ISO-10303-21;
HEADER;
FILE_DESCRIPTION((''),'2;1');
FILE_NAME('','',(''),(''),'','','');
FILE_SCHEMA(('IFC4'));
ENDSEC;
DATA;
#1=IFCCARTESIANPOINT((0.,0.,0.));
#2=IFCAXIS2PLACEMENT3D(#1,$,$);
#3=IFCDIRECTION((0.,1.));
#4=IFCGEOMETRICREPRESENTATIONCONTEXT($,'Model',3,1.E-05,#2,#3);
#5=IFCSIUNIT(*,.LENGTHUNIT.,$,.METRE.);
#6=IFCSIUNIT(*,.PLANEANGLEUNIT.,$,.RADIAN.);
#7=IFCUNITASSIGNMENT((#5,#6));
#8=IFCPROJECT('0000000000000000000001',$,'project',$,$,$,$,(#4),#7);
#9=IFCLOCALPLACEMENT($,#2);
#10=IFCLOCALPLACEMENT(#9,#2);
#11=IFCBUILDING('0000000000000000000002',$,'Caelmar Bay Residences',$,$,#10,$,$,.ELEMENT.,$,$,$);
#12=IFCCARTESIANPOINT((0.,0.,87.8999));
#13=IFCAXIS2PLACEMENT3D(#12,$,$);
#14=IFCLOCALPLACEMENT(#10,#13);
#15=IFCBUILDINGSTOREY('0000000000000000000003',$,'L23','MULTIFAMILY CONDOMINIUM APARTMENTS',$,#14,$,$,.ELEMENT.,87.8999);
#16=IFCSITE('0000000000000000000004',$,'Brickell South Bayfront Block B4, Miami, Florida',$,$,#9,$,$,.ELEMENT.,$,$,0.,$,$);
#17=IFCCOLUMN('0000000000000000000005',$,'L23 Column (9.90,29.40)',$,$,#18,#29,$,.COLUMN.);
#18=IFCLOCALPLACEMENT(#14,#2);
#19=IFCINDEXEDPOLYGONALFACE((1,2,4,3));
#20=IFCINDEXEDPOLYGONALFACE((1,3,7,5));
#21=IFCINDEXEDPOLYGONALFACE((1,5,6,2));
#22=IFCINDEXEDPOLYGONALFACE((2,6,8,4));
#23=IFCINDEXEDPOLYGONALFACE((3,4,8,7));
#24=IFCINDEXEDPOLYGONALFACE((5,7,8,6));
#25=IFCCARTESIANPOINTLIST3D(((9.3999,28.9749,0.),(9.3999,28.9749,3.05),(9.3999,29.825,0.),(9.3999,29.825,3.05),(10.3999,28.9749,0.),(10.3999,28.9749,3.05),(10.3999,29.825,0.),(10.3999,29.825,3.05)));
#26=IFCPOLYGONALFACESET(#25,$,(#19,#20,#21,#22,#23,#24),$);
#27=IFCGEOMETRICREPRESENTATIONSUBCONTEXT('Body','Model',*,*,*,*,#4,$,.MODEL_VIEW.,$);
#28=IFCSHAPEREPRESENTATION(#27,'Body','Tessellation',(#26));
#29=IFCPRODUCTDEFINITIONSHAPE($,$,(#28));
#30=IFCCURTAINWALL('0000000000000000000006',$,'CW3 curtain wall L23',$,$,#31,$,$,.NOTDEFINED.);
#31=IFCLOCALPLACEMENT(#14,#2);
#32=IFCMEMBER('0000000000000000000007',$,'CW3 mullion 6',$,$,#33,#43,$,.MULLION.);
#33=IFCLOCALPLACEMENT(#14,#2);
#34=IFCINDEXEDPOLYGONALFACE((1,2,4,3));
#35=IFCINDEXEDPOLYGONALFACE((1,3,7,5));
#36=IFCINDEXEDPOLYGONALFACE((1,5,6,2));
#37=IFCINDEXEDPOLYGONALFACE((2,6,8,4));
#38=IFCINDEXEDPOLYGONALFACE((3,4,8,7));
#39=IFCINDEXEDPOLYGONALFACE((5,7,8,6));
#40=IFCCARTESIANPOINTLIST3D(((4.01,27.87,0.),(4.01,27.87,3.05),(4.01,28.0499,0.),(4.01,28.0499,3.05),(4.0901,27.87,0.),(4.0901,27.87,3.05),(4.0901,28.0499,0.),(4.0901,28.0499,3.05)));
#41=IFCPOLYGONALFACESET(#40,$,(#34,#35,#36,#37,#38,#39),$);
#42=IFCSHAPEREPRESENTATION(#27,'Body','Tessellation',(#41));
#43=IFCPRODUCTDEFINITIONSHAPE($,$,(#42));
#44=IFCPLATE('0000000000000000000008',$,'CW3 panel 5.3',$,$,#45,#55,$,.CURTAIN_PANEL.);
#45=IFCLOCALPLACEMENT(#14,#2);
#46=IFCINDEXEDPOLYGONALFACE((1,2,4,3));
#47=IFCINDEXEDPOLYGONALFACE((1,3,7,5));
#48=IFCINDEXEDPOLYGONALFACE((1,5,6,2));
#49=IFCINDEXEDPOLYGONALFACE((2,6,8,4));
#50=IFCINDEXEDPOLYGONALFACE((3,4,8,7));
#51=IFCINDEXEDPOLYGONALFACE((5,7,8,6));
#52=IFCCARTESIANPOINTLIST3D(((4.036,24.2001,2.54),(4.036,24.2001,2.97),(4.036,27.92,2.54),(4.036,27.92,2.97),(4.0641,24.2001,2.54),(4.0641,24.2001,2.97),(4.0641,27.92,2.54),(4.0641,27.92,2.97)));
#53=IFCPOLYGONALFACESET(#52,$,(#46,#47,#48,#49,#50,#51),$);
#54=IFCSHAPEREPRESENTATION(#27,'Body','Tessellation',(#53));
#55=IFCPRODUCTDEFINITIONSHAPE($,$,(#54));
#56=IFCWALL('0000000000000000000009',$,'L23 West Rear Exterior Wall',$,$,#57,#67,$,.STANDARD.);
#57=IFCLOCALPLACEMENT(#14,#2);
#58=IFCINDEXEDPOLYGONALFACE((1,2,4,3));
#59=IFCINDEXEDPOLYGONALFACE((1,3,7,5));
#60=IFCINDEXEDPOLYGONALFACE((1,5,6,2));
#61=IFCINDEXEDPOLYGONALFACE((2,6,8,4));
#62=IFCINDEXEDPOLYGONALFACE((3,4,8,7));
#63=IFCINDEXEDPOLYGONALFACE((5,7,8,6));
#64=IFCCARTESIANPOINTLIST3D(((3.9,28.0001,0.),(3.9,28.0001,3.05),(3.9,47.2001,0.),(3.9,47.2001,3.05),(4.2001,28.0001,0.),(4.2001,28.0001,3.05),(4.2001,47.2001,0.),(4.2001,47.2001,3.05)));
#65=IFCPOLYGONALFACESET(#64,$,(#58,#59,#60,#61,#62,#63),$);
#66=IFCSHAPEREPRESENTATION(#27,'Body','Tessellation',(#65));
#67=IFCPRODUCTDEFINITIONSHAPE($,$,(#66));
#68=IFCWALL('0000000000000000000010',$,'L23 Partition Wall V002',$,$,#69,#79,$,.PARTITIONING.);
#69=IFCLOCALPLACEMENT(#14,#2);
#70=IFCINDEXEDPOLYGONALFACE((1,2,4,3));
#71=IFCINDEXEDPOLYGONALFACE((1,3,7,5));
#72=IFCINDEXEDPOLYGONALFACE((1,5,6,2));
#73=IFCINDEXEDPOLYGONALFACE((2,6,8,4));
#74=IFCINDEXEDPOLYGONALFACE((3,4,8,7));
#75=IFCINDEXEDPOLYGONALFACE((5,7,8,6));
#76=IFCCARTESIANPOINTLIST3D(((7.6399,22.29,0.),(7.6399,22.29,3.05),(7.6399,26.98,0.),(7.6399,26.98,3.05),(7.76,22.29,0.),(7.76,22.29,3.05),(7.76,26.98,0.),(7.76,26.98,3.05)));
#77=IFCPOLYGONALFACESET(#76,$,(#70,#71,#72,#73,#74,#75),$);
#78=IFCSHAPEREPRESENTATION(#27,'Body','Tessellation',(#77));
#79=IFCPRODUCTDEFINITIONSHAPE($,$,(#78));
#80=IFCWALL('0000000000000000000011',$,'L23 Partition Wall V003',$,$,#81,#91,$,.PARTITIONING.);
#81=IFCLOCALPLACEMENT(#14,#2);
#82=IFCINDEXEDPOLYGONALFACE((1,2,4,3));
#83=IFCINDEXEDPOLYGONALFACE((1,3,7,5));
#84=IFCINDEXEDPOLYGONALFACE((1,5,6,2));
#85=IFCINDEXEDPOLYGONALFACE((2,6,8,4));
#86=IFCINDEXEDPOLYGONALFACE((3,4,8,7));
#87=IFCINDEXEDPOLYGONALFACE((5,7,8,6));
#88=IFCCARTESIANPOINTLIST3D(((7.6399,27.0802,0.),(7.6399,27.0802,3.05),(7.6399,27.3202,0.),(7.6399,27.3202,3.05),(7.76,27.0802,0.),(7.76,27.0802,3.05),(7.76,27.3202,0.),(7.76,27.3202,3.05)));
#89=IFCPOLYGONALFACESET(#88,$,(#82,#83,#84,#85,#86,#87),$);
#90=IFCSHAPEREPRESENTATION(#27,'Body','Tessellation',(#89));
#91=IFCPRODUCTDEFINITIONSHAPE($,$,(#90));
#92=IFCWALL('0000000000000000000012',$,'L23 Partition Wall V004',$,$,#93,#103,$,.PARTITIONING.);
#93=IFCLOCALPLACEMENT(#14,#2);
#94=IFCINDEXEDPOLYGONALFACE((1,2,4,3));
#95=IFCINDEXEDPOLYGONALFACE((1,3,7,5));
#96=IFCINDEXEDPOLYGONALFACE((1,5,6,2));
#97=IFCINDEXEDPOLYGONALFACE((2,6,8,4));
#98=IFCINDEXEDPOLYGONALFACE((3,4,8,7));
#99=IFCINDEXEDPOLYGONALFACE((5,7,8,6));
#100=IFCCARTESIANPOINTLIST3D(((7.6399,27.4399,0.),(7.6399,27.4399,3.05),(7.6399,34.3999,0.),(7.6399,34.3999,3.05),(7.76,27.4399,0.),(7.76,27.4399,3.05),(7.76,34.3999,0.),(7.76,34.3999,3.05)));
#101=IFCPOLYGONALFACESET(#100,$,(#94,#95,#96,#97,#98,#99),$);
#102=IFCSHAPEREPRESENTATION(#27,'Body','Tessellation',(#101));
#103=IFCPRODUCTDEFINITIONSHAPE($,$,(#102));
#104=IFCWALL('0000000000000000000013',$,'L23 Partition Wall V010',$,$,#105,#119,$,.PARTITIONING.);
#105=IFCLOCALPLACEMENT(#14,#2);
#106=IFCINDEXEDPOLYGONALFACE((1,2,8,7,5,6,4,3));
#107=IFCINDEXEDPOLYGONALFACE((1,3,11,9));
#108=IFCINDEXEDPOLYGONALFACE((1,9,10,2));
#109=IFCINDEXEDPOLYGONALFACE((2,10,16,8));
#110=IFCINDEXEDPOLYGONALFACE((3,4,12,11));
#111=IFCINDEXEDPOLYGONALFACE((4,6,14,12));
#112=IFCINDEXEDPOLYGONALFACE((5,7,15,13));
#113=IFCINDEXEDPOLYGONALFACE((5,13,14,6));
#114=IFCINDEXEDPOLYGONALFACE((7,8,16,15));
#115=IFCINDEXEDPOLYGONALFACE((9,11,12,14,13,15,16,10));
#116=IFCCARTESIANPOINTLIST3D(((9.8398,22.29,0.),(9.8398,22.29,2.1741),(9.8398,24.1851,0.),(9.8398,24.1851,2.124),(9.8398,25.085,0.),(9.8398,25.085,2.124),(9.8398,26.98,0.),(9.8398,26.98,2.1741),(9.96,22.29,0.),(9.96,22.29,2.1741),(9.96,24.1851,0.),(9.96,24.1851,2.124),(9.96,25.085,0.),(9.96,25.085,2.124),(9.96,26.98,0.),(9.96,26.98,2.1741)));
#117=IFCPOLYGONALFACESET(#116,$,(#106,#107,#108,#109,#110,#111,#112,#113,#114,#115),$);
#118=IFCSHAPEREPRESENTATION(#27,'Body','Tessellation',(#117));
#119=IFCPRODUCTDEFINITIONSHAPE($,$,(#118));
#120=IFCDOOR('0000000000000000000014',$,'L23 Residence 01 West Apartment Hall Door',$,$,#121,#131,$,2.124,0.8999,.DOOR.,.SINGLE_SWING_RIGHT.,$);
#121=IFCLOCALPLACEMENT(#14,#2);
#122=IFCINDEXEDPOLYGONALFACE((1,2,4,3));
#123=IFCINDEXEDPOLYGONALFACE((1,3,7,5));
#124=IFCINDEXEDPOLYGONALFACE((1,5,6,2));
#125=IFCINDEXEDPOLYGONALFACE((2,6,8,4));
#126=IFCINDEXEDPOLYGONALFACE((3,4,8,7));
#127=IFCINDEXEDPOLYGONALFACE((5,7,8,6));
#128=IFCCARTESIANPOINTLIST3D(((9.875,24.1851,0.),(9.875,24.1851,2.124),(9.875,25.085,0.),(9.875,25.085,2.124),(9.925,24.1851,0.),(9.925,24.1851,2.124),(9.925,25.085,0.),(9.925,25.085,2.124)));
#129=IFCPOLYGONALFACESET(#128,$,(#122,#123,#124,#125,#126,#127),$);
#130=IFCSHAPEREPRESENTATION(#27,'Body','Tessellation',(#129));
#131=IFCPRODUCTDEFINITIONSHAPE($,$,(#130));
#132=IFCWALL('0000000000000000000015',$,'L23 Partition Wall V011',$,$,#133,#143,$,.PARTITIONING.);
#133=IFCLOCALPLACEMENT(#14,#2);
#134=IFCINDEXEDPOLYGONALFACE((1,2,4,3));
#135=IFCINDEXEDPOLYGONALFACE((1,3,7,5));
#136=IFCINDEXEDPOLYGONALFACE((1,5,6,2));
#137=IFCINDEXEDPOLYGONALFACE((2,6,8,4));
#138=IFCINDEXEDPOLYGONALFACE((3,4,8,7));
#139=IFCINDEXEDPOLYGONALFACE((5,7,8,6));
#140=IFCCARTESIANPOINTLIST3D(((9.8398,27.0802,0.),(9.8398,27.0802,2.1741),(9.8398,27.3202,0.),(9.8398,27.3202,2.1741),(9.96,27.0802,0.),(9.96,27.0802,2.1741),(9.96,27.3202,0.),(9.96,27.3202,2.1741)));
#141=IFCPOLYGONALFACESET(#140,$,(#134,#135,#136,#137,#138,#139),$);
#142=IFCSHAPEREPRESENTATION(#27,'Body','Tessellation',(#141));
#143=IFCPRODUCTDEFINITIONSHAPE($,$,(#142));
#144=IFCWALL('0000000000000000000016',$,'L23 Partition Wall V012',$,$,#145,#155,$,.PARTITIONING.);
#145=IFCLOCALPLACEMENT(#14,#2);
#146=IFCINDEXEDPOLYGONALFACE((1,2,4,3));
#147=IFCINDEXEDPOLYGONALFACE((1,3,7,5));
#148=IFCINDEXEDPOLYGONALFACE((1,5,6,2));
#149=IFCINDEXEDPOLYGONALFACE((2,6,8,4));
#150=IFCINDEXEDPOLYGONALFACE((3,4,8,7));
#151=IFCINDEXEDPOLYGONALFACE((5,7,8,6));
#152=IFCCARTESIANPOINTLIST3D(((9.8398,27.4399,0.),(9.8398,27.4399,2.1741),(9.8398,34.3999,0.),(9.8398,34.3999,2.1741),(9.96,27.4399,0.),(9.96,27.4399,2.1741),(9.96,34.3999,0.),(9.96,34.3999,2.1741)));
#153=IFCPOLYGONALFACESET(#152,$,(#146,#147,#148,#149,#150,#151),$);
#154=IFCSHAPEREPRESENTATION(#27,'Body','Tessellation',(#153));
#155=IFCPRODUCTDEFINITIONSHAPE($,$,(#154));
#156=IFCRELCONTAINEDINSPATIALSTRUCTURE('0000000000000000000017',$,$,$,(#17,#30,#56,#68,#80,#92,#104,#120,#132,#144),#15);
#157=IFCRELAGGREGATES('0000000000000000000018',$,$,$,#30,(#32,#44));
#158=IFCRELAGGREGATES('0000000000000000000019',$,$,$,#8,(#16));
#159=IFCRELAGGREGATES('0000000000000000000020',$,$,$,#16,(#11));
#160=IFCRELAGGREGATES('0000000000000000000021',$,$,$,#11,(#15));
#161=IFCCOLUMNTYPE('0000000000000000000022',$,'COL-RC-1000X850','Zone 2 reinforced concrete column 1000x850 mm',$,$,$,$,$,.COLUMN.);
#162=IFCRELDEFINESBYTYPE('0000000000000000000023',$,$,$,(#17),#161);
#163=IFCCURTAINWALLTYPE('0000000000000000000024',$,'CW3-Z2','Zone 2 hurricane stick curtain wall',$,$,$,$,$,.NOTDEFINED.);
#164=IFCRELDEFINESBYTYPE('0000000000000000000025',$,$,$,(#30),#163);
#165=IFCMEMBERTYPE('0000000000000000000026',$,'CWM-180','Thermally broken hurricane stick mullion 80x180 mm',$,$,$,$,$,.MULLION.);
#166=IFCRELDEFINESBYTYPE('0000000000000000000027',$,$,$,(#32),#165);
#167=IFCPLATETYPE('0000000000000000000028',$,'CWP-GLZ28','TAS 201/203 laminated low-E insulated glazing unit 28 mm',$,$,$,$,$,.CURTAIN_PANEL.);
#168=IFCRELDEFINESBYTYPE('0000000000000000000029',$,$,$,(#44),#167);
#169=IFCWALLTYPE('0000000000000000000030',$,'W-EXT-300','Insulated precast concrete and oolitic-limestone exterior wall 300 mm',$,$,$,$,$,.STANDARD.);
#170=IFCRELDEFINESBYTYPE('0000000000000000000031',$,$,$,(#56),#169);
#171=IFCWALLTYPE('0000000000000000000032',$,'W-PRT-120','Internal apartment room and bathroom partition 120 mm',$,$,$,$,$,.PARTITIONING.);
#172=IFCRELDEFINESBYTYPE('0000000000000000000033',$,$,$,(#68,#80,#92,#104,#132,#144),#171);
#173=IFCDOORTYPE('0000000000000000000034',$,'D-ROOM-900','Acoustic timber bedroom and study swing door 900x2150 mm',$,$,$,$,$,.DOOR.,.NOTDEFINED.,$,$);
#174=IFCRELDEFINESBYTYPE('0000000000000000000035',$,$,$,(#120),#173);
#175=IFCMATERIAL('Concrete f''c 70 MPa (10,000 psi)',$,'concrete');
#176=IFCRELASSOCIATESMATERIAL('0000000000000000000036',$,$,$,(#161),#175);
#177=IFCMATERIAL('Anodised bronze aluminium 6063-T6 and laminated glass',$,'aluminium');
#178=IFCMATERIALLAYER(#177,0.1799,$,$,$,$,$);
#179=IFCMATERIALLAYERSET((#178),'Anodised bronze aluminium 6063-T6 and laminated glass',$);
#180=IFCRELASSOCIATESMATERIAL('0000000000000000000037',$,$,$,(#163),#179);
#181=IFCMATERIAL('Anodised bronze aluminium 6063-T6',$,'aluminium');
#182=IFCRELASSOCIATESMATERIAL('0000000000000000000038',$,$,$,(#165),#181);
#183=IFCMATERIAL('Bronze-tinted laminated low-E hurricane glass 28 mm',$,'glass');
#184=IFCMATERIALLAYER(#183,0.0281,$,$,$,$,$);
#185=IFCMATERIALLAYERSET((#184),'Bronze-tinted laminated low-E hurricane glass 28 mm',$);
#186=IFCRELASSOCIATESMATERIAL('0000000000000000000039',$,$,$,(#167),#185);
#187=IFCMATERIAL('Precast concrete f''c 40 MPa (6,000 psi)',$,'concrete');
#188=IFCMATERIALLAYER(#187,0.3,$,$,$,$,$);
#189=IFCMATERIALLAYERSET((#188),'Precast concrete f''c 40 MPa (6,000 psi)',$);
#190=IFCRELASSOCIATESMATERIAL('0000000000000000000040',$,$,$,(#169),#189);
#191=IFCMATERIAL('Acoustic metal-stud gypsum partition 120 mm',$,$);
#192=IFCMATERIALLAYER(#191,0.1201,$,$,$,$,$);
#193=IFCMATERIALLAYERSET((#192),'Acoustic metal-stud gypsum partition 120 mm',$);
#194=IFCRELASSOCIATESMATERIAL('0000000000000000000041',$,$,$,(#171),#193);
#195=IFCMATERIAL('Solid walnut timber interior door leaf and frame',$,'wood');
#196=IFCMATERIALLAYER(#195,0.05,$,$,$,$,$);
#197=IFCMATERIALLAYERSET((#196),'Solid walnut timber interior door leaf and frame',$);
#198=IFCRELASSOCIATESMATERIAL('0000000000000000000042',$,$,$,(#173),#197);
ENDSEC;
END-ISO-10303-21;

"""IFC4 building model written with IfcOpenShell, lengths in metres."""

from ifc_helpers import new_model, si_unit, direction, frame, frame_2d, origin, origin_2d, place, context, subcontext, project, spatial, rectangle, extrude, material, layer, layer_set, material_profile, profile_set, type_object, element, fill, aggregate, save


model = new_model("IFC4")

# Units and contexts
model_context = context("Model", 3, precision=1e-05, world=origin(), true_north=direction((0.0, 1.0)))
body_context = subcontext(model_context, "Body", "Model", "MODEL_VIEW")
ifc_project = project(units=[si_unit("LENGTHUNIT", "METRE"), si_unit("PLANEANGLEUNIT", "RADIAN")], contexts=[model_context])

# Site, building, storey
site_placement = place(None, origin())
site = spatial("IfcSite", under=ifc_project, at=site_placement, Name="Brickell South Bayfront Block B4, Miami, Florida", CompositionType="ELEMENT", RefElevation=0.0)
building_placement = place(site_placement, origin())
building = spatial("IfcBuilding", under=site, at=building_placement, Name="Caelmar Bay Residences", CompositionType="ELEMENT")
storey_placement = place(building_placement, frame((0.0, 0.0, 87.8999)))
storey = spatial("IfcBuildingStorey", under=building, at=storey_placement, Name="L23", Description="MULTIFAMILY CONDOMINIUM APARTMENTS", CompositionType="ELEMENT", Elevation=87.8999)

# Column
ifc_material_1 = material(Name="Concrete f'c 70 MPa (10,000 psi)", Category="concrete")
ifc_material_profile_1 = material_profile(ifc_material_1, rectangle(XDim=1.0, YDim=0.8501, at=origin_2d()), Name="RC-COL-1000X850")
ifc_profile_set_1 = profile_set([ifc_material_profile_1], Name="Concrete f'c 70 MPa (10,000 psi)")
column_type = type_object("IfcColumnType", Name="COL-RC-1000X850", Description="Zone 2 reinforced concrete column 1000x850 mm", PredefinedType="COLUMN", material=ifc_profile_set_1)
column_placement = place(storey_placement, frame((9.8999, 29.3999, 0.0), z_axis=(0.0, 0.0, 1.0), x_axis=(1.0, 0.0, 0.0)))
element("IfcColumn", 1, at=column_placement, inside=storey, type_object=column_type, Name="L23 Column (9.90,29.40)", PredefinedType="COLUMN", context=body_context, shape_type="SweptSolid", body=[
    extrude(rectangle(XDim=1.0, YDim=0.8501, at=origin_2d()), origin(), (0.0, 0.0, 1.0), 3.05),
])

# Curtain wall, member, plate
ifc_material_2 = material(Name="Anodised bronze aluminium 6063-T6 and laminated glass", Category="aluminium")
ifc_layer_1 = layer(ifc_material_2, 0.1799)
ifc_layer_set_1 = layer_set([ifc_layer_1], Name="Anodised bronze aluminium 6063-T6 and laminated glass")
curtain_wall_type = type_object("IfcCurtainWallType", Name="CW3-Z2", Description="Zone 2 hurricane stick curtain wall", PredefinedType="NOTDEFINED", material=ifc_layer_set_1)
curtain_wall_placement = place(storey_placement, origin())
curtain_wall = element("IfcCurtainWall", 2, at=curtain_wall_placement, inside=storey, type_object=curtain_wall_type, Name="CW3 curtain wall L23", PredefinedType="NOTDEFINED")
ifc_material_3 = material(Name="Anodised bronze aluminium 6063-T6", Category="aluminium")
ifc_material_profile_2 = material_profile(ifc_material_3, rectangle(XDim=0.0801, YDim=0.1799, at=origin_2d()), Name="CWM-80X180")
ifc_profile_set_2 = profile_set([ifc_material_profile_2], Name="Anodised bronze aluminium 6063-T6")
member_type = type_object("IfcMemberType", Name="CWM-180", Description="Thermally broken hurricane stick mullion 80x180 mm", PredefinedType="MULLION", material=ifc_profile_set_2)
member_placement = place(storey_placement, frame((4.05, 27.96, 0.0), z_axis=(0.0, 0.0, 1.0), x_axis=(-1.0, 0.0, 0.0)))
member = element("IfcMember", 3, at=member_placement, type_object=member_type, Name="CW3 mullion 6", PredefinedType="MULLION", context=body_context, shape_type="SweptSolid", body=[
    extrude(rectangle(XDim=0.0801, YDim=0.1799, at=origin_2d()), origin(), (0.0, 0.0, 1.0), 3.05),
])
ifc_material_4 = material(Name="Bronze-tinted laminated low-E hurricane glass 28 mm", Category="glass")
ifc_layer_2 = layer(ifc_material_4, 0.0281)
ifc_layer_set_2 = layer_set([ifc_layer_2], Name="Bronze-tinted laminated low-E hurricane glass 28 mm")
plate_type = type_object("IfcPlateType", Name="CWP-GLZ28", Description="TAS 201/203 laminated low-E insulated glazing unit 28 mm", PredefinedType="CURTAIN_PANEL", material=ifc_layer_set_2)
plate_placement = place(storey_placement, frame((4.05, 26.0601, 2.54), z_axis=(0.0, 0.0, 1.0), x_axis=(0.0, 1.0, 0.0)))
plate = element("IfcPlate", 4, at=plate_placement, type_object=plate_type, Name="CW3 panel 5.3", PredefinedType="CURTAIN_PANEL", context=body_context, shape_type="SweptSolid", body=[
    extrude(rectangle(XDim=3.72, YDim=0.0281, at=origin_2d()), origin(), (0.0, 0.0, 1.0), 0.4299),
])
aggregate(curtain_wall, [member, plate])

# Walls
ifc_material_5 = material(Name="Precast concrete f'c 40 MPa (6,000 psi)", Category="concrete")
ifc_layer_3 = layer(ifc_material_5, 0.3)
ifc_layer_set_3 = layer_set([ifc_layer_3], Name="Precast concrete f'c 40 MPa (6,000 psi)")
wall_type_1 = type_object("IfcWallType", Name="W-EXT-300", Description="Insulated precast concrete and oolitic-limestone exterior wall 300 mm", PredefinedType="STANDARD", material=ifc_layer_set_3)
wall_1_placement = place(storey_placement, frame((4.05, 28.0, 0.0), z_axis=(0.0, 0.0, 1.0), x_axis=(0.0, 1.0, 0.0)))
element("IfcWall", 5, at=wall_1_placement, inside=storey, type_object=wall_type_1, Name="L23 West Rear Exterior Wall", PredefinedType="STANDARD", context=body_context, shape_type="SweptSolid", body=[
    extrude(rectangle(XDim=19.2, YDim=0.3, at=frame_2d((9.6001, 0.0))), origin(), (0.0, 0.0, 1.0), 3.05),
])
ifc_material_6 = material(Name="Acoustic metal-stud gypsum partition 120 mm")
ifc_layer_4 = layer(ifc_material_6, 0.1201)
ifc_layer_set_4 = layer_set([ifc_layer_4], Name="Acoustic metal-stud gypsum partition 120 mm")
wall_type_2 = type_object("IfcWallType", Name="W-PRT-120", Description="Internal apartment room and bathroom partition 120 mm", PredefinedType="PARTITIONING", material=ifc_layer_set_4)
wall_2_placement = place(storey_placement, frame((7.7, 22.29, 0.0), z_axis=(0.0, 0.0, 1.0), x_axis=(0.0, 1.0, 0.0)))
element("IfcWall", 6, at=wall_2_placement, inside=storey, type_object=wall_type_2, Name="L23 Partition Wall V002", PredefinedType="PARTITIONING", context=body_context, shape_type="SweptSolid", body=[
    extrude(rectangle(XDim=4.6899, YDim=0.1201, at=frame_2d((2.345, 0.0))), origin(), (0.0, 0.0, 1.0), 3.05),
])
wall_3_placement = place(storey_placement, frame((7.7, 27.0801, 0.0), z_axis=(0.0, 0.0, 1.0), x_axis=(0.0, 1.0, 0.0)))
element("IfcWall", 7, at=wall_3_placement, inside=storey, type_object=wall_type_2, Name="L23 Partition Wall V003", PredefinedType="PARTITIONING", context=body_context, shape_type="SweptSolid", body=[
    extrude(rectangle(XDim=0.24, YDim=0.1201, at=frame_2d((0.1201, 0.0))), origin(), (0.0, 0.0, 1.0), 3.05),
])
wall_4_placement = place(storey_placement, frame((7.7, 27.4399, 0.0), z_axis=(0.0, 0.0, 1.0), x_axis=(0.0, 1.0, 0.0)))
element("IfcWall", 8, at=wall_4_placement, inside=storey, type_object=wall_type_2, Name="L23 Partition Wall V004", PredefinedType="PARTITIONING", context=body_context, shape_type="SweptSolid", body=[
    extrude(rectangle(XDim=6.96, YDim=0.1201, at=frame_2d((3.48, 0.0))), origin(), (0.0, 0.0, 1.0), 3.05),
])

# Wall, opening, door
wall_5_placement = place(storey_placement, frame((9.8999, 22.29, 0.0), z_axis=(0.0, 0.0, 1.0), x_axis=(0.0, 1.0, 0.0)))
wall_5 = element("IfcWall", 9, at=wall_5_placement, inside=storey, type_object=wall_type_2, Name="L23 Partition Wall V010", PredefinedType="PARTITIONING", context=body_context, shape_type="SweptSolid", body=[
    extrude(rectangle(XDim=4.6899, YDim=0.1201, at=frame_2d((2.345, 0.0))), origin(), (0.0, 0.0, 1.0), 2.1741),
])
opening_1_placement = place(wall_5_placement, frame((1.895, 0.0, 0.0)))
opening_1 = element("IfcOpeningElement", 10, at=opening_1_placement, cuts=wall_5, PredefinedType="OPENING", context=body_context, shape_type="SweptSolid", body=[
    extrude(rectangle(XDim=0.8999, YDim=2.124, at=frame_2d((0.45, 1.062))), frame((0.0, 0.0701, 0.0), z_axis=(0.0, -1.0, 0.0), x_axis=(1.0, 0.0, 0.0)), (0.0, 0.0, 1.0), 0.1401),
])
ifc_material_7 = material(Name="Solid walnut timber interior door leaf and frame", Category="wood")
ifc_layer_5 = layer(ifc_material_7, 0.05)
ifc_layer_set_5 = layer_set([ifc_layer_5], Name="Solid walnut timber interior door leaf and frame")
door_type_1 = type_object("IfcDoorType", Name="D-ROOM-900", Description="Acoustic timber bedroom and study swing door 900x2150 mm", OperationType="NOTDEFINED", PredefinedType="DOOR", material=ifc_layer_set_5)
door_1_placement = place(opening_1_placement, origin())
door_1 = element("IfcDoor", 11, at=door_1_placement, inside=storey, type_object=door_type_1, Name="L23 Residence 01 West Apartment Hall Door", OperationType="SINGLE_SWING_RIGHT", OverallHeight=2.124, OverallWidth=0.8999, PredefinedType="DOOR", context=body_context, shape_type="SweptSolid", body=[
    extrude(rectangle(XDim=0.8999, YDim=2.124, at=frame_2d((0.45, 1.062))), frame((0.0, 0.0249, 0.0), z_axis=(0.0, -1.0, 0.0), x_axis=(1.0, 0.0, 0.0)), (0.0, 0.0, 1.0), 0.05),
])
fill(opening_1, door_1)

# Walls
wall_6_placement = place(storey_placement, frame((9.8999, 27.0801, 0.0), z_axis=(0.0, 0.0, 1.0), x_axis=(0.0, 1.0, 0.0)))
element("IfcWall", 12, at=wall_6_placement, inside=storey, type_object=wall_type_2, Name="L23 Partition Wall V011", PredefinedType="PARTITIONING", context=body_context, shape_type="SweptSolid", body=[
    extrude(rectangle(XDim=0.24, YDim=0.1201, at=frame_2d((0.1201, 0.0))), origin(), (0.0, 0.0, 1.0), 2.1741),
])
wall_7_placement = place(storey_placement, frame((9.8999, 27.4399, 0.0), z_axis=(0.0, 0.0, 1.0), x_axis=(0.0, 1.0, 0.0)))
element("IfcWall", 13, at=wall_7_placement, inside=storey, type_object=wall_type_2, Name="L23 Partition Wall V012", PredefinedType="PARTITIONING", context=body_context, shape_type="SweptSolid", body=[
    extrude(rectangle(XDim=6.96, YDim=0.1201, at=frame_2d((3.48, 0.0))), origin(), (0.0, 0.0, 1.0), 2.1741),
])

save(model, "model.ifc")
